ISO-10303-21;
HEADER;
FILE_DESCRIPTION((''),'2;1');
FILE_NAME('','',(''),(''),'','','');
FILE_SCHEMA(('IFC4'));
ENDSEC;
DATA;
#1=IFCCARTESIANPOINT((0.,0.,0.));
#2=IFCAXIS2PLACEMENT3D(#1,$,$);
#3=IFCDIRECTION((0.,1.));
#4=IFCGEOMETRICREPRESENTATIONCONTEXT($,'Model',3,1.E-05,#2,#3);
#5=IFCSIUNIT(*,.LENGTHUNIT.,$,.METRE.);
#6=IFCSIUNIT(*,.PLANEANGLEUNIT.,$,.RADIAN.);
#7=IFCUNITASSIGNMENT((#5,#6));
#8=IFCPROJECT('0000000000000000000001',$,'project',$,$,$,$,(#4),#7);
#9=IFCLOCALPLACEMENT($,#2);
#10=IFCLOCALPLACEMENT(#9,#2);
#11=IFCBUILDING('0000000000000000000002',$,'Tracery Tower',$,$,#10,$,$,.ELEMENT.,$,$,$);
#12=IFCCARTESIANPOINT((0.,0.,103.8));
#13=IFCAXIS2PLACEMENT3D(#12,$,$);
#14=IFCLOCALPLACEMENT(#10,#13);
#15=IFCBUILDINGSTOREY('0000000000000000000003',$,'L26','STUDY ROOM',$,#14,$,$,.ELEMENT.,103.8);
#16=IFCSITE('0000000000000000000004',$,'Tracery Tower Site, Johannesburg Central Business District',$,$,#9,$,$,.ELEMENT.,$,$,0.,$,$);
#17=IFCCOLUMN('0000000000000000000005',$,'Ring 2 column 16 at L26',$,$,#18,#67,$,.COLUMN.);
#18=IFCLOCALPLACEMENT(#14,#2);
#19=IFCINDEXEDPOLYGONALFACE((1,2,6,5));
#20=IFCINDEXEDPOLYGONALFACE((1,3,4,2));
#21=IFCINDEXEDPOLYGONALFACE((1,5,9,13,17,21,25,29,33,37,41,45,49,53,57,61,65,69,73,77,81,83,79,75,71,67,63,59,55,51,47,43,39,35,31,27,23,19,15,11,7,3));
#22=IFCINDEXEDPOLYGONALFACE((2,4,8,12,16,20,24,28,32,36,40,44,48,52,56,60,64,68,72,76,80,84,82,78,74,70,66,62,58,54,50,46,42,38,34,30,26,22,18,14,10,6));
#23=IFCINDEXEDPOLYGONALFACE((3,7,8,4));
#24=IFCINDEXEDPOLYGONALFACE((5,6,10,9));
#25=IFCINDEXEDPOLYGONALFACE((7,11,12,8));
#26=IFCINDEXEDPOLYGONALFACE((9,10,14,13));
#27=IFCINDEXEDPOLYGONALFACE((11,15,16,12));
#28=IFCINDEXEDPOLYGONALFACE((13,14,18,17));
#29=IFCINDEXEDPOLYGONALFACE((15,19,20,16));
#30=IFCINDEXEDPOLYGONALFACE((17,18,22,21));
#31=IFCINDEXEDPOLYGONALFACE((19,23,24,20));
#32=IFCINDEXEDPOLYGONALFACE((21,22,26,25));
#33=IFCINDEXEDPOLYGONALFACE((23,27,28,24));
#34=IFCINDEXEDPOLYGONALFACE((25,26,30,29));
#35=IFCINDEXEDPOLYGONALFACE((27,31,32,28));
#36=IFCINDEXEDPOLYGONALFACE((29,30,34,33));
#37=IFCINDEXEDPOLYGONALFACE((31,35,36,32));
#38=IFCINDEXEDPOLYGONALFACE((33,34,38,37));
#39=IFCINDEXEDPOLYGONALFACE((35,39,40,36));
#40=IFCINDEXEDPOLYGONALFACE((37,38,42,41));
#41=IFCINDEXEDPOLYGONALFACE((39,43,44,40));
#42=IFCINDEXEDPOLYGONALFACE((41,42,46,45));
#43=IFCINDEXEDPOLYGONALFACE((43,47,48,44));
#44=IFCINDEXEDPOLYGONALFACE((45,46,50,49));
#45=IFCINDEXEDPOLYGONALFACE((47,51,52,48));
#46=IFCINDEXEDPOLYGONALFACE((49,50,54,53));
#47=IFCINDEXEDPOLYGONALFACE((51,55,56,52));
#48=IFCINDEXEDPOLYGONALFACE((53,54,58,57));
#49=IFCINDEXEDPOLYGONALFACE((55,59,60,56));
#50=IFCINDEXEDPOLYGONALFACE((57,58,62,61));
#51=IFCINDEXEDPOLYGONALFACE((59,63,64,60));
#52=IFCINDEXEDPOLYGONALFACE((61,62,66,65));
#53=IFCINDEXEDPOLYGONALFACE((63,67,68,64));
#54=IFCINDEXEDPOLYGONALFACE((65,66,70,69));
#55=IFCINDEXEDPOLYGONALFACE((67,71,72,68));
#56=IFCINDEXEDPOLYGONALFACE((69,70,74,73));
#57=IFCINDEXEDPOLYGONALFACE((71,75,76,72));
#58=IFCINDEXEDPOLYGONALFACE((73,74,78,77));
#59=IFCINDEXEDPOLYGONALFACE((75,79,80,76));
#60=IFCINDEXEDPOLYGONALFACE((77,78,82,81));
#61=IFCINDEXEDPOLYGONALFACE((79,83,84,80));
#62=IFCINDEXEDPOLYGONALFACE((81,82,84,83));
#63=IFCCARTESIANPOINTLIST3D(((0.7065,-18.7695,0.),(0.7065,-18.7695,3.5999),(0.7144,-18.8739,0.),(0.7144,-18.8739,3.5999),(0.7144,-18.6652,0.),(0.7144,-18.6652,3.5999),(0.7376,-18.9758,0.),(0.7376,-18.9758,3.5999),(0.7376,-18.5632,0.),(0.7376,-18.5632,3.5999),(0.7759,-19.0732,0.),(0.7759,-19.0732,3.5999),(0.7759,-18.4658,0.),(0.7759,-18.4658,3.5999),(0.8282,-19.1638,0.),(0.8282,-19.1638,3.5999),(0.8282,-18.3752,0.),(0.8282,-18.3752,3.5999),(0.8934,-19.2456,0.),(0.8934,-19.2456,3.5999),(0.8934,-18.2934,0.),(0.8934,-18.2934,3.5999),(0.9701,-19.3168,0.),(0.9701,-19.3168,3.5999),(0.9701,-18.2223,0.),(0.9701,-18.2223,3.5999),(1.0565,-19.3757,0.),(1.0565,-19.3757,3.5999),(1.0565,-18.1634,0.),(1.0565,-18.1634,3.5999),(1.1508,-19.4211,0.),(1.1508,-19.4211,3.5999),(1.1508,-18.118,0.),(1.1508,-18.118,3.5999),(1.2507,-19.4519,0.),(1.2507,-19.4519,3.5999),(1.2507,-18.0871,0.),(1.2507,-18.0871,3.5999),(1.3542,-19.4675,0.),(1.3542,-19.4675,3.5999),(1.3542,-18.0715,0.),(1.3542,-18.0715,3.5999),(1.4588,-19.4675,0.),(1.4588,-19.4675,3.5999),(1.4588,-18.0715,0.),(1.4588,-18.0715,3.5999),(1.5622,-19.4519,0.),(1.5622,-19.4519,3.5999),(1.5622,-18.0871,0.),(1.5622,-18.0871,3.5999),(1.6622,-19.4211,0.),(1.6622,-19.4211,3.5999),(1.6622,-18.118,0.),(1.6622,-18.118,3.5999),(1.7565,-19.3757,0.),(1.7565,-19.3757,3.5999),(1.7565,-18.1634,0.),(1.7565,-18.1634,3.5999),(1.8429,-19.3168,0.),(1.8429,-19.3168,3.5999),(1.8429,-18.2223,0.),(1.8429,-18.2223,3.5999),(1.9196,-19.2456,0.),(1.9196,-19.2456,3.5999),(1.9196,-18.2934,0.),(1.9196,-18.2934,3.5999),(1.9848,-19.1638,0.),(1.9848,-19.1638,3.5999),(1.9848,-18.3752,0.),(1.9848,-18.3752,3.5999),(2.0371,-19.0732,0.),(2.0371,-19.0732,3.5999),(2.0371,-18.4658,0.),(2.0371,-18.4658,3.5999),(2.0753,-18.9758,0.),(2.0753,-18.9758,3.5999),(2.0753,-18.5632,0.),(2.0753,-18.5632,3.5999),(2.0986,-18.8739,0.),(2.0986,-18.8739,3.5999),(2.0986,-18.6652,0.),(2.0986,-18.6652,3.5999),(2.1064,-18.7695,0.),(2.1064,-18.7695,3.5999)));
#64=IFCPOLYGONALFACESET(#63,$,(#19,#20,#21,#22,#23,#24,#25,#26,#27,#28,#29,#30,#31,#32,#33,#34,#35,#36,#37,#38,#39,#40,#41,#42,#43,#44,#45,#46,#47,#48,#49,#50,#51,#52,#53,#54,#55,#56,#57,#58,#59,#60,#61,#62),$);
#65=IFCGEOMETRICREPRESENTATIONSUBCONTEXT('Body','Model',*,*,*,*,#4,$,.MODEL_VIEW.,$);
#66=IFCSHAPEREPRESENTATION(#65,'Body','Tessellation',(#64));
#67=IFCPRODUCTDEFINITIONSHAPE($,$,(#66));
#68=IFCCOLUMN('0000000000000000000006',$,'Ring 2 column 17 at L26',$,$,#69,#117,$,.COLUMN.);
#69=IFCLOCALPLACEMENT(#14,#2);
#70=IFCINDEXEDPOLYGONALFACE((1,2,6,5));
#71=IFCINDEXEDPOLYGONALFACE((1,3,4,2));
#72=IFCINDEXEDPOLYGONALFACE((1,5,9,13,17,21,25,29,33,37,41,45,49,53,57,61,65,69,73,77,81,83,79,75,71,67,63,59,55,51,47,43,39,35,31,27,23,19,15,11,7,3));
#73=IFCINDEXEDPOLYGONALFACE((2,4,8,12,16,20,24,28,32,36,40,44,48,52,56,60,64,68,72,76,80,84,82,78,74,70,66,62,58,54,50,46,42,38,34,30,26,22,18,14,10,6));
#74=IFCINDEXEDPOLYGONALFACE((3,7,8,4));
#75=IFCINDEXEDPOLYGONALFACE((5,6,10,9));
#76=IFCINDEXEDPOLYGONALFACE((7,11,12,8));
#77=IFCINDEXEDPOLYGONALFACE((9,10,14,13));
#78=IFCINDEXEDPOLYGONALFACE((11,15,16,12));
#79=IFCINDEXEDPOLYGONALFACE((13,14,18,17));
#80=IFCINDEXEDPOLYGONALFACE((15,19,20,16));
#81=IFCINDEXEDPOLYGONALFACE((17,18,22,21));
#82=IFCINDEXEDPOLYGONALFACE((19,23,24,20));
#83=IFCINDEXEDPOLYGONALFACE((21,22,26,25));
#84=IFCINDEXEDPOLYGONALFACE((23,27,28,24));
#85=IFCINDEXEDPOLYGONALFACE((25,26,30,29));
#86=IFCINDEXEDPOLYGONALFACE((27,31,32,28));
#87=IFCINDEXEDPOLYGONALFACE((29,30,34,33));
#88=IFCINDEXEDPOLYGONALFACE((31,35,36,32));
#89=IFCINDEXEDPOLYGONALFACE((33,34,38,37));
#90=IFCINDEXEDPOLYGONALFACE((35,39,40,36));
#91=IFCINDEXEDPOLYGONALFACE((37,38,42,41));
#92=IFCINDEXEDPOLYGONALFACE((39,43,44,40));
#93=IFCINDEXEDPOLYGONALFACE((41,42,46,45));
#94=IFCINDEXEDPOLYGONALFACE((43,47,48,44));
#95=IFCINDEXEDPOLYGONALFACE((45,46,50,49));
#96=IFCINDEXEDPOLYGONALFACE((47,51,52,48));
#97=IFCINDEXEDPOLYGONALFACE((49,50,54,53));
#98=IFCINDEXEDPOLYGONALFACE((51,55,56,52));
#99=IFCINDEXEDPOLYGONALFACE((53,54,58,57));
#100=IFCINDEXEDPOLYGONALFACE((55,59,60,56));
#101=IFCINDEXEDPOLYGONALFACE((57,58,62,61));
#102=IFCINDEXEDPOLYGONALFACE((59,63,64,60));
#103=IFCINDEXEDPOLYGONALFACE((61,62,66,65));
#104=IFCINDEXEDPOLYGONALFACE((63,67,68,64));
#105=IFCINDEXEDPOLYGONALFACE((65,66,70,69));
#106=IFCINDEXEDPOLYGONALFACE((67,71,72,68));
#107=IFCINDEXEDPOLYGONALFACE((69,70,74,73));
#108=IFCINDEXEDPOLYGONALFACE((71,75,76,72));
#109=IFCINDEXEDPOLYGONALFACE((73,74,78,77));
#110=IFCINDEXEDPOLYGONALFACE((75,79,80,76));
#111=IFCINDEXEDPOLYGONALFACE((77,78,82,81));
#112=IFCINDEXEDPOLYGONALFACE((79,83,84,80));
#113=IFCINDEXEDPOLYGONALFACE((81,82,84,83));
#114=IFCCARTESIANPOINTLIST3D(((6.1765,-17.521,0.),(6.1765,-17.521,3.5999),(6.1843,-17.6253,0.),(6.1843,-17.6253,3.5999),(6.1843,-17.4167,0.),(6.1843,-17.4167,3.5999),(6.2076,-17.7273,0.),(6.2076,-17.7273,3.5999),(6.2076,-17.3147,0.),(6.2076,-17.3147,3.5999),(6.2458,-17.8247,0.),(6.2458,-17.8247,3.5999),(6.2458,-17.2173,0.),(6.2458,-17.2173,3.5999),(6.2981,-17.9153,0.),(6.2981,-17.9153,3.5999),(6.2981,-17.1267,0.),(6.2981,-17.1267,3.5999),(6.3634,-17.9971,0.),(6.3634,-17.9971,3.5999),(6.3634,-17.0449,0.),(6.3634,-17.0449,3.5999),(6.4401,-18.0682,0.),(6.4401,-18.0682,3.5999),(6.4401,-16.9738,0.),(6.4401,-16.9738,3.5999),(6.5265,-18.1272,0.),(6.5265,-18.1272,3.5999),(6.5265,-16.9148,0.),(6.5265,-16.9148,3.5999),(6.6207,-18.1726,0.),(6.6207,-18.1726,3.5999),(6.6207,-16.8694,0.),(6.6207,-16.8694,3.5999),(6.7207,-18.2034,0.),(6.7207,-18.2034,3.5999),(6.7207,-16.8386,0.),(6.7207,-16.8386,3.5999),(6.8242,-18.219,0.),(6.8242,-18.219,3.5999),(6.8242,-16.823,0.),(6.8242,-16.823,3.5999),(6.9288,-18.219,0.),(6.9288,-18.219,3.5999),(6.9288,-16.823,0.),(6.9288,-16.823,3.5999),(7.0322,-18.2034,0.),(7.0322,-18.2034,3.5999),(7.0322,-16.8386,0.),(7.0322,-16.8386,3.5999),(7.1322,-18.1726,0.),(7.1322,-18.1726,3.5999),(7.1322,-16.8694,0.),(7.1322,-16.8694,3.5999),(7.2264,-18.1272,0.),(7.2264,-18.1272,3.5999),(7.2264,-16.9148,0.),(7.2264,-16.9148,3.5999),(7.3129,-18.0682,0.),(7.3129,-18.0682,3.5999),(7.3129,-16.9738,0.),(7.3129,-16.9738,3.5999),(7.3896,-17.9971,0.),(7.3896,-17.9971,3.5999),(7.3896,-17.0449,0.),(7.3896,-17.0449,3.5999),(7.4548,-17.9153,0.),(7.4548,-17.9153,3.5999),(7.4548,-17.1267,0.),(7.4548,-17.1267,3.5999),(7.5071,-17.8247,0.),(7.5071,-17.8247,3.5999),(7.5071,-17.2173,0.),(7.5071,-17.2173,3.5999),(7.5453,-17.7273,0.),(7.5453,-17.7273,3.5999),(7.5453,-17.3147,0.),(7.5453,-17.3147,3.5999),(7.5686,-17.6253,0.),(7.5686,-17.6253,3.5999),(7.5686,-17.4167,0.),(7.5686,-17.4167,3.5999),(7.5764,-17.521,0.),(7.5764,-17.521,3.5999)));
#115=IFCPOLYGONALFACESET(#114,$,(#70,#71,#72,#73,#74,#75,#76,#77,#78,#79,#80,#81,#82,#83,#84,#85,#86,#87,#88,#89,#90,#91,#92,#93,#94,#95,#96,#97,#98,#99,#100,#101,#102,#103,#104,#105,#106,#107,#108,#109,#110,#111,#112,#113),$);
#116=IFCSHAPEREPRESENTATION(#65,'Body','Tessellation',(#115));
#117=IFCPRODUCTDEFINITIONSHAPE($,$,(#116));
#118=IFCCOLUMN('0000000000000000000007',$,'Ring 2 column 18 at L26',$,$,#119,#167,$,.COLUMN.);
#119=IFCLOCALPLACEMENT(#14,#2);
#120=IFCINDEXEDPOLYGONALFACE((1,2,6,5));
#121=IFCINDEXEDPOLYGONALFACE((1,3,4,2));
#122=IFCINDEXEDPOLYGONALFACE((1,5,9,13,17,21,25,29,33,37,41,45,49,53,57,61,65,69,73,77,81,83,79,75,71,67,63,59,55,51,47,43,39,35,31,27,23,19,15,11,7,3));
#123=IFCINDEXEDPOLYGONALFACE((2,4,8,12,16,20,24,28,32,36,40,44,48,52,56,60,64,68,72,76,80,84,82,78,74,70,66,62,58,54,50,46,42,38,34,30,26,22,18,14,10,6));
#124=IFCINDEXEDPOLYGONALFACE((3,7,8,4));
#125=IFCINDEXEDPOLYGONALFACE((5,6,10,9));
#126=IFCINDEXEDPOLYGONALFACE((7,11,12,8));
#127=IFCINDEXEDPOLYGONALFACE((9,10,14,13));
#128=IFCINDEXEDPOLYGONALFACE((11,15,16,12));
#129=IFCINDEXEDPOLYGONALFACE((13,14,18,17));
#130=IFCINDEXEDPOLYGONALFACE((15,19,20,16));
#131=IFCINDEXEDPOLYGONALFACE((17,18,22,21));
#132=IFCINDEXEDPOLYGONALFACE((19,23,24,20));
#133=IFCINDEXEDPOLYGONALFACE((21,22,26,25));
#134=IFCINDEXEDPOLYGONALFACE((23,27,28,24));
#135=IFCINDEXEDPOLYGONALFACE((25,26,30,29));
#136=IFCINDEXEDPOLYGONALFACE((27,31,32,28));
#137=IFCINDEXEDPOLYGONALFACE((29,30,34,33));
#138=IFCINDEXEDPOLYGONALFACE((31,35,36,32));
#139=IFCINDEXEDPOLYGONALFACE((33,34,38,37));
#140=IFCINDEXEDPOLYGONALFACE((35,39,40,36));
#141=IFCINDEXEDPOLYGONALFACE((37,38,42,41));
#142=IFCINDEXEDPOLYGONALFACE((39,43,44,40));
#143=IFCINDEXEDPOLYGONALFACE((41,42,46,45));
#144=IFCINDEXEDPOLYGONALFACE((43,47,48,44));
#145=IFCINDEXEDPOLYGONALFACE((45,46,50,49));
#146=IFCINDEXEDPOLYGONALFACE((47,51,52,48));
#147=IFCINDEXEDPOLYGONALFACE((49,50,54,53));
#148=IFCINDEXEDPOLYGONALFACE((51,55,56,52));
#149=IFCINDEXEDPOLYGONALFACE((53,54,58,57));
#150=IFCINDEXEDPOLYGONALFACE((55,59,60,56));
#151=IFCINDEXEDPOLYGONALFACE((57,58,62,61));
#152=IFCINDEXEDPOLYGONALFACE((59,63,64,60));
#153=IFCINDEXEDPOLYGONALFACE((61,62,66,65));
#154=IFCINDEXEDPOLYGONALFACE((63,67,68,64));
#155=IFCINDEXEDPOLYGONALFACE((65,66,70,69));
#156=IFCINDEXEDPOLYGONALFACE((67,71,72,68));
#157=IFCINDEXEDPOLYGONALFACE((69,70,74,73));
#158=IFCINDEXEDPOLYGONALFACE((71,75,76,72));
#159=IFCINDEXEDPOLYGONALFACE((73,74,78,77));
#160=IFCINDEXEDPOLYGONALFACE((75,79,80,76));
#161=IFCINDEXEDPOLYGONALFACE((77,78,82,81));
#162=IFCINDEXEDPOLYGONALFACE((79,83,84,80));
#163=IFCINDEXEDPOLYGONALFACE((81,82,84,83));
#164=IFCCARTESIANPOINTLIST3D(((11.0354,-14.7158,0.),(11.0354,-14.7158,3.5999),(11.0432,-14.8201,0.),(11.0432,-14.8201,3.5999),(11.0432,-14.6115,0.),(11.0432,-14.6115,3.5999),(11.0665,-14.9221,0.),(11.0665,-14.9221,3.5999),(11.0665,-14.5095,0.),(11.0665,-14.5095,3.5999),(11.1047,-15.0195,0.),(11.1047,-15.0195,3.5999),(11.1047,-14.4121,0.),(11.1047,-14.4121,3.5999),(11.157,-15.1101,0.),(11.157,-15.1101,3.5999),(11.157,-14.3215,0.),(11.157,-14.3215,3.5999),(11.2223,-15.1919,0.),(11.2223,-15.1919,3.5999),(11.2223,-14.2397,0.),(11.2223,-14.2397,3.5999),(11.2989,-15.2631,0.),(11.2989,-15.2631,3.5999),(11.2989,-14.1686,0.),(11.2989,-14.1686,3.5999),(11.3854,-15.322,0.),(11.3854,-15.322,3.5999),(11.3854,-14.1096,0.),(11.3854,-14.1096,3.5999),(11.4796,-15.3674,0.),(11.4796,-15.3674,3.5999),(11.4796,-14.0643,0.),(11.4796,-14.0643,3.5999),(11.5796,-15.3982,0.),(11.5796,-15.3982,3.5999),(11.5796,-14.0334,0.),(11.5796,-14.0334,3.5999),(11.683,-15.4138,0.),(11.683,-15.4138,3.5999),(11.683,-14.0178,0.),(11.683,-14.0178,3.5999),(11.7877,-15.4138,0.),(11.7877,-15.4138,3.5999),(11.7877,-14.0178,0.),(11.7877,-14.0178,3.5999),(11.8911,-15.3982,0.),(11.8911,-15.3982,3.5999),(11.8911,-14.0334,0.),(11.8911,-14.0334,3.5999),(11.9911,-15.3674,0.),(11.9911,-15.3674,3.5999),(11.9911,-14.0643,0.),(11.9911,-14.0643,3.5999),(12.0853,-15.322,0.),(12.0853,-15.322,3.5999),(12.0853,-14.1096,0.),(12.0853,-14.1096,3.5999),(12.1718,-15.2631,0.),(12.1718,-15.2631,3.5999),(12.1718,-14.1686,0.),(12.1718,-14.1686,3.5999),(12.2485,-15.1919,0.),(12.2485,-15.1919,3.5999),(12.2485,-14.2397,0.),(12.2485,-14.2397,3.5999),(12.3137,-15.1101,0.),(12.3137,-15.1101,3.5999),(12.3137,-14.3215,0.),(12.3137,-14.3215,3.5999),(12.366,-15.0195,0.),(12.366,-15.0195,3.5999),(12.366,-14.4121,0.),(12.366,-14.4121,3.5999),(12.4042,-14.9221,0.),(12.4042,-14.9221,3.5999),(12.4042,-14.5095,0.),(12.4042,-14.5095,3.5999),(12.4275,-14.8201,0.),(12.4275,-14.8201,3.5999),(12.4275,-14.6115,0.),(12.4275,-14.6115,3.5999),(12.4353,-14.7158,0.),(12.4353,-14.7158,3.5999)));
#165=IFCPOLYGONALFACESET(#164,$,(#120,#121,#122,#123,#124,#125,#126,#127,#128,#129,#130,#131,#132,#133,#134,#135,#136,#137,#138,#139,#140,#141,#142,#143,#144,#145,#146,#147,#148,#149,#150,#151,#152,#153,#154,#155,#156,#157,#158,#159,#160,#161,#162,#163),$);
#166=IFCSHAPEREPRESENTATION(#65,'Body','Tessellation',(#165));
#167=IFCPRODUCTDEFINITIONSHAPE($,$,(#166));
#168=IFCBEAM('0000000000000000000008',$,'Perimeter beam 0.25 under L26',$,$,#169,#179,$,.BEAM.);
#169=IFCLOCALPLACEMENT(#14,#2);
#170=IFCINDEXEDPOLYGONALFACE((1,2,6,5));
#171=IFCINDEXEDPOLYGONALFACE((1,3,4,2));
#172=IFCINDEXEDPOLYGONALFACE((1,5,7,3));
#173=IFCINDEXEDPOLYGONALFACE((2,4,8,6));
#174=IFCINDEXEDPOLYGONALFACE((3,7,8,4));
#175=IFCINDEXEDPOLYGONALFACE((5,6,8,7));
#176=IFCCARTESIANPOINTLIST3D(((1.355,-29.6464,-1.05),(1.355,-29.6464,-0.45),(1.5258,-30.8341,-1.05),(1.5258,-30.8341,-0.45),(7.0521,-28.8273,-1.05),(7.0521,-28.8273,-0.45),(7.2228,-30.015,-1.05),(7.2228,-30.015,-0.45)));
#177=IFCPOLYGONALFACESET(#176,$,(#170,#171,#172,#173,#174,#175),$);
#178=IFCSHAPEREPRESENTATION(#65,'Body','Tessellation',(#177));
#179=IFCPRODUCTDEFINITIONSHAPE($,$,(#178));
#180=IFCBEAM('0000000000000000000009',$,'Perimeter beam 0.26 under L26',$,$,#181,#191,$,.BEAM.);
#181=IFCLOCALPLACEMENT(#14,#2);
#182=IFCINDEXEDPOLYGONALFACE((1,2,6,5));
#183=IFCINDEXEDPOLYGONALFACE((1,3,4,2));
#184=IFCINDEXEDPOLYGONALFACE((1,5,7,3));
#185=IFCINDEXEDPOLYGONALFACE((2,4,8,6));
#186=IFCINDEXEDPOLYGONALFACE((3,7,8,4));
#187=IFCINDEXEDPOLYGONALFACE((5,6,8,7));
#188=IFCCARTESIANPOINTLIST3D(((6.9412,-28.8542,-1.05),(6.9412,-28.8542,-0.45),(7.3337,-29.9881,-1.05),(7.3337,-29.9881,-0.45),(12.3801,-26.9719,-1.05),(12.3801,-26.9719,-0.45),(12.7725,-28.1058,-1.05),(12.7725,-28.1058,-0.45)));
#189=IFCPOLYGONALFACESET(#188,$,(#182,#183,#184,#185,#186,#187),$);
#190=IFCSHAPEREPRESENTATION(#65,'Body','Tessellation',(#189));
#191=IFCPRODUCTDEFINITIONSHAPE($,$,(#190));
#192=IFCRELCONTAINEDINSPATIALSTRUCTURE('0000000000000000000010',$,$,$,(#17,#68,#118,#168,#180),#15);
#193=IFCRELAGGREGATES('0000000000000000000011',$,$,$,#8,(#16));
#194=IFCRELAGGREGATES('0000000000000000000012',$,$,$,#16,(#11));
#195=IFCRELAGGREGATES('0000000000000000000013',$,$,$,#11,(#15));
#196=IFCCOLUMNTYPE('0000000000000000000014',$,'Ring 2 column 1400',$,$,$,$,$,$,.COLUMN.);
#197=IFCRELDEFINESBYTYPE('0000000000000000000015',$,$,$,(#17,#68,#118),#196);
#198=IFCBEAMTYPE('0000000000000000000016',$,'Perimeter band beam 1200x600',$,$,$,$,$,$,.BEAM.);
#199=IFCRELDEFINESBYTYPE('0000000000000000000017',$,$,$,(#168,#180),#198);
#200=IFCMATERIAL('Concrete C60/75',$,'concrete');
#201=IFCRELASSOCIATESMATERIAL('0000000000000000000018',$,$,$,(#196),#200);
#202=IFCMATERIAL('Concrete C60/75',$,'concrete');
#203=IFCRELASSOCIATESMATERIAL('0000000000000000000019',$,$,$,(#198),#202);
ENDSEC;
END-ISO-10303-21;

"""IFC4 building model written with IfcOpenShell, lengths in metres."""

from ifc_helpers import new_model, si_unit, direction, frame, origin, origin_2d, place, context, subcontext, project, spatial, rectangle, circle, extrude, material, material_profile, profile_set, type_object, element, save


model = new_model("IFC4")

# Units and contexts
model_context = context("Model", 3, precision=1e-05, world=origin(), true_north=direction((0.0, 1.0)))
body_context = subcontext(model_context, "Body", "Model", "MODEL_VIEW")
ifc_project = project(units=[si_unit("LENGTHUNIT", "METRE"), si_unit("PLANEANGLEUNIT", "RADIAN")], contexts=[model_context])

# Site, building, storey
site_placement = place(None, origin())
site = spatial("IfcSite", under=ifc_project, at=site_placement, Name="Tracery Tower Site, Johannesburg Central Business District", CompositionType="ELEMENT", RefElevation=0.0)
building_placement = place(site_placement, origin())
building = spatial("IfcBuilding", under=site, at=building_placement, Name="Tracery Tower", CompositionType="ELEMENT")
storey_placement = place(building_placement, frame((0.0, 0.0, 103.8)))
storey = spatial("IfcBuildingStorey", under=building, at=storey_placement, Name="L26", Description="STUDY ROOM", CompositionType="ELEMENT", Elevation=103.8)

# Columns
ifc_material_1 = material(Name="Concrete C60/75", Category="concrete")
ifc_material_profile_1 = material_profile(ifc_material_1, circle(Radius=0.7, at=origin_2d()), Name="RC D1400")
ifc_profile_set_1 = profile_set([ifc_material_profile_1], Name="Concrete C60/75")
column_type_1 = type_object("IfcColumnType", Name="Ring 2 column 1400", PredefinedType="COLUMN", material=ifc_profile_set_1)
for number, where, z_axis, x_axis, name in (
    (1, (1.4065, -18.7695, 0.0), (0.0, 0.0, 1.0), (1.0, 0.0, 0.0), "Ring 2 column 16 at L26"),
    (2, (6.8765, -17.521, 0.0), (0.0, 0.0, 1.0), (1.0, 0.0, 0.0), "Ring 2 column 17 at L26"),
    (3, (11.7354, -14.7158, 0.0), (0.0, 0.0, 1.0), (1.0, 0.0, 0.0), "Ring 2 column 18 at L26"),
):
    element("IfcColumn", number, at=place(storey_placement, frame(where, z_axis=z_axis, x_axis=x_axis)), inside=storey, type_object=column_type_1, Name=name, PredefinedType="COLUMN", context=body_context, shape_type="SweptSolid", body=[
        extrude(circle(Radius=0.7, at=origin_2d()), origin(), (0.0, 0.0, 1.0), 3.5999),
    ])

# Beams
ifc_material_2 = material(Name="Concrete C60/75", Category="concrete")
ifc_material_profile_2 = material_profile(ifc_material_2, rectangle(XDim=1.2, YDim=0.6001, at=origin_2d()), Name="RC 1200x600")
ifc_profile_set_2 = profile_set([ifc_material_profile_2], Name="Concrete C60/75")
beam_type = type_object("IfcBeamType", Name="Perimeter band beam 1200x600", PredefinedType="BEAM", material=ifc_profile_set_2)
beam_1_placement = place(storey_placement, frame((1.4404, -30.2402, -0.75), z_axis=(0.989822, 0.142312, 0.0), x_axis=(-0.142312, 0.989822, 0.0)))
element("IfcBeam", 4, at=beam_1_placement, inside=storey, type_object=beam_type, Name="Perimeter beam 0.25 under L26", PredefinedType="BEAM", context=body_context, shape_type="SweptSolid", body=[
    extrude(rectangle(XDim=1.2, YDim=0.6001, at=origin_2d()), origin(), (0.0, 0.0, 1.0), 5.7556),
])
beam_2_placement = place(storey_placement, frame((7.1375, -29.4211, -0.75), z_axis=(0.945007, 0.327049, 0.0), x_axis=(-0.327049, 0.945007, 0.0)))
element("IfcBeam", 5, at=beam_2_placement, inside=storey, type_object=beam_type, Name="Perimeter beam 0.26 under L26", PredefinedType="BEAM", context=body_context, shape_type="SweptSolid", body=[
    extrude(rectangle(XDim=1.2, YDim=0.6001, at=origin_2d()), origin(), (0.0, 0.0, 1.0), 5.7554),
])

save(model, "model.ifc")
